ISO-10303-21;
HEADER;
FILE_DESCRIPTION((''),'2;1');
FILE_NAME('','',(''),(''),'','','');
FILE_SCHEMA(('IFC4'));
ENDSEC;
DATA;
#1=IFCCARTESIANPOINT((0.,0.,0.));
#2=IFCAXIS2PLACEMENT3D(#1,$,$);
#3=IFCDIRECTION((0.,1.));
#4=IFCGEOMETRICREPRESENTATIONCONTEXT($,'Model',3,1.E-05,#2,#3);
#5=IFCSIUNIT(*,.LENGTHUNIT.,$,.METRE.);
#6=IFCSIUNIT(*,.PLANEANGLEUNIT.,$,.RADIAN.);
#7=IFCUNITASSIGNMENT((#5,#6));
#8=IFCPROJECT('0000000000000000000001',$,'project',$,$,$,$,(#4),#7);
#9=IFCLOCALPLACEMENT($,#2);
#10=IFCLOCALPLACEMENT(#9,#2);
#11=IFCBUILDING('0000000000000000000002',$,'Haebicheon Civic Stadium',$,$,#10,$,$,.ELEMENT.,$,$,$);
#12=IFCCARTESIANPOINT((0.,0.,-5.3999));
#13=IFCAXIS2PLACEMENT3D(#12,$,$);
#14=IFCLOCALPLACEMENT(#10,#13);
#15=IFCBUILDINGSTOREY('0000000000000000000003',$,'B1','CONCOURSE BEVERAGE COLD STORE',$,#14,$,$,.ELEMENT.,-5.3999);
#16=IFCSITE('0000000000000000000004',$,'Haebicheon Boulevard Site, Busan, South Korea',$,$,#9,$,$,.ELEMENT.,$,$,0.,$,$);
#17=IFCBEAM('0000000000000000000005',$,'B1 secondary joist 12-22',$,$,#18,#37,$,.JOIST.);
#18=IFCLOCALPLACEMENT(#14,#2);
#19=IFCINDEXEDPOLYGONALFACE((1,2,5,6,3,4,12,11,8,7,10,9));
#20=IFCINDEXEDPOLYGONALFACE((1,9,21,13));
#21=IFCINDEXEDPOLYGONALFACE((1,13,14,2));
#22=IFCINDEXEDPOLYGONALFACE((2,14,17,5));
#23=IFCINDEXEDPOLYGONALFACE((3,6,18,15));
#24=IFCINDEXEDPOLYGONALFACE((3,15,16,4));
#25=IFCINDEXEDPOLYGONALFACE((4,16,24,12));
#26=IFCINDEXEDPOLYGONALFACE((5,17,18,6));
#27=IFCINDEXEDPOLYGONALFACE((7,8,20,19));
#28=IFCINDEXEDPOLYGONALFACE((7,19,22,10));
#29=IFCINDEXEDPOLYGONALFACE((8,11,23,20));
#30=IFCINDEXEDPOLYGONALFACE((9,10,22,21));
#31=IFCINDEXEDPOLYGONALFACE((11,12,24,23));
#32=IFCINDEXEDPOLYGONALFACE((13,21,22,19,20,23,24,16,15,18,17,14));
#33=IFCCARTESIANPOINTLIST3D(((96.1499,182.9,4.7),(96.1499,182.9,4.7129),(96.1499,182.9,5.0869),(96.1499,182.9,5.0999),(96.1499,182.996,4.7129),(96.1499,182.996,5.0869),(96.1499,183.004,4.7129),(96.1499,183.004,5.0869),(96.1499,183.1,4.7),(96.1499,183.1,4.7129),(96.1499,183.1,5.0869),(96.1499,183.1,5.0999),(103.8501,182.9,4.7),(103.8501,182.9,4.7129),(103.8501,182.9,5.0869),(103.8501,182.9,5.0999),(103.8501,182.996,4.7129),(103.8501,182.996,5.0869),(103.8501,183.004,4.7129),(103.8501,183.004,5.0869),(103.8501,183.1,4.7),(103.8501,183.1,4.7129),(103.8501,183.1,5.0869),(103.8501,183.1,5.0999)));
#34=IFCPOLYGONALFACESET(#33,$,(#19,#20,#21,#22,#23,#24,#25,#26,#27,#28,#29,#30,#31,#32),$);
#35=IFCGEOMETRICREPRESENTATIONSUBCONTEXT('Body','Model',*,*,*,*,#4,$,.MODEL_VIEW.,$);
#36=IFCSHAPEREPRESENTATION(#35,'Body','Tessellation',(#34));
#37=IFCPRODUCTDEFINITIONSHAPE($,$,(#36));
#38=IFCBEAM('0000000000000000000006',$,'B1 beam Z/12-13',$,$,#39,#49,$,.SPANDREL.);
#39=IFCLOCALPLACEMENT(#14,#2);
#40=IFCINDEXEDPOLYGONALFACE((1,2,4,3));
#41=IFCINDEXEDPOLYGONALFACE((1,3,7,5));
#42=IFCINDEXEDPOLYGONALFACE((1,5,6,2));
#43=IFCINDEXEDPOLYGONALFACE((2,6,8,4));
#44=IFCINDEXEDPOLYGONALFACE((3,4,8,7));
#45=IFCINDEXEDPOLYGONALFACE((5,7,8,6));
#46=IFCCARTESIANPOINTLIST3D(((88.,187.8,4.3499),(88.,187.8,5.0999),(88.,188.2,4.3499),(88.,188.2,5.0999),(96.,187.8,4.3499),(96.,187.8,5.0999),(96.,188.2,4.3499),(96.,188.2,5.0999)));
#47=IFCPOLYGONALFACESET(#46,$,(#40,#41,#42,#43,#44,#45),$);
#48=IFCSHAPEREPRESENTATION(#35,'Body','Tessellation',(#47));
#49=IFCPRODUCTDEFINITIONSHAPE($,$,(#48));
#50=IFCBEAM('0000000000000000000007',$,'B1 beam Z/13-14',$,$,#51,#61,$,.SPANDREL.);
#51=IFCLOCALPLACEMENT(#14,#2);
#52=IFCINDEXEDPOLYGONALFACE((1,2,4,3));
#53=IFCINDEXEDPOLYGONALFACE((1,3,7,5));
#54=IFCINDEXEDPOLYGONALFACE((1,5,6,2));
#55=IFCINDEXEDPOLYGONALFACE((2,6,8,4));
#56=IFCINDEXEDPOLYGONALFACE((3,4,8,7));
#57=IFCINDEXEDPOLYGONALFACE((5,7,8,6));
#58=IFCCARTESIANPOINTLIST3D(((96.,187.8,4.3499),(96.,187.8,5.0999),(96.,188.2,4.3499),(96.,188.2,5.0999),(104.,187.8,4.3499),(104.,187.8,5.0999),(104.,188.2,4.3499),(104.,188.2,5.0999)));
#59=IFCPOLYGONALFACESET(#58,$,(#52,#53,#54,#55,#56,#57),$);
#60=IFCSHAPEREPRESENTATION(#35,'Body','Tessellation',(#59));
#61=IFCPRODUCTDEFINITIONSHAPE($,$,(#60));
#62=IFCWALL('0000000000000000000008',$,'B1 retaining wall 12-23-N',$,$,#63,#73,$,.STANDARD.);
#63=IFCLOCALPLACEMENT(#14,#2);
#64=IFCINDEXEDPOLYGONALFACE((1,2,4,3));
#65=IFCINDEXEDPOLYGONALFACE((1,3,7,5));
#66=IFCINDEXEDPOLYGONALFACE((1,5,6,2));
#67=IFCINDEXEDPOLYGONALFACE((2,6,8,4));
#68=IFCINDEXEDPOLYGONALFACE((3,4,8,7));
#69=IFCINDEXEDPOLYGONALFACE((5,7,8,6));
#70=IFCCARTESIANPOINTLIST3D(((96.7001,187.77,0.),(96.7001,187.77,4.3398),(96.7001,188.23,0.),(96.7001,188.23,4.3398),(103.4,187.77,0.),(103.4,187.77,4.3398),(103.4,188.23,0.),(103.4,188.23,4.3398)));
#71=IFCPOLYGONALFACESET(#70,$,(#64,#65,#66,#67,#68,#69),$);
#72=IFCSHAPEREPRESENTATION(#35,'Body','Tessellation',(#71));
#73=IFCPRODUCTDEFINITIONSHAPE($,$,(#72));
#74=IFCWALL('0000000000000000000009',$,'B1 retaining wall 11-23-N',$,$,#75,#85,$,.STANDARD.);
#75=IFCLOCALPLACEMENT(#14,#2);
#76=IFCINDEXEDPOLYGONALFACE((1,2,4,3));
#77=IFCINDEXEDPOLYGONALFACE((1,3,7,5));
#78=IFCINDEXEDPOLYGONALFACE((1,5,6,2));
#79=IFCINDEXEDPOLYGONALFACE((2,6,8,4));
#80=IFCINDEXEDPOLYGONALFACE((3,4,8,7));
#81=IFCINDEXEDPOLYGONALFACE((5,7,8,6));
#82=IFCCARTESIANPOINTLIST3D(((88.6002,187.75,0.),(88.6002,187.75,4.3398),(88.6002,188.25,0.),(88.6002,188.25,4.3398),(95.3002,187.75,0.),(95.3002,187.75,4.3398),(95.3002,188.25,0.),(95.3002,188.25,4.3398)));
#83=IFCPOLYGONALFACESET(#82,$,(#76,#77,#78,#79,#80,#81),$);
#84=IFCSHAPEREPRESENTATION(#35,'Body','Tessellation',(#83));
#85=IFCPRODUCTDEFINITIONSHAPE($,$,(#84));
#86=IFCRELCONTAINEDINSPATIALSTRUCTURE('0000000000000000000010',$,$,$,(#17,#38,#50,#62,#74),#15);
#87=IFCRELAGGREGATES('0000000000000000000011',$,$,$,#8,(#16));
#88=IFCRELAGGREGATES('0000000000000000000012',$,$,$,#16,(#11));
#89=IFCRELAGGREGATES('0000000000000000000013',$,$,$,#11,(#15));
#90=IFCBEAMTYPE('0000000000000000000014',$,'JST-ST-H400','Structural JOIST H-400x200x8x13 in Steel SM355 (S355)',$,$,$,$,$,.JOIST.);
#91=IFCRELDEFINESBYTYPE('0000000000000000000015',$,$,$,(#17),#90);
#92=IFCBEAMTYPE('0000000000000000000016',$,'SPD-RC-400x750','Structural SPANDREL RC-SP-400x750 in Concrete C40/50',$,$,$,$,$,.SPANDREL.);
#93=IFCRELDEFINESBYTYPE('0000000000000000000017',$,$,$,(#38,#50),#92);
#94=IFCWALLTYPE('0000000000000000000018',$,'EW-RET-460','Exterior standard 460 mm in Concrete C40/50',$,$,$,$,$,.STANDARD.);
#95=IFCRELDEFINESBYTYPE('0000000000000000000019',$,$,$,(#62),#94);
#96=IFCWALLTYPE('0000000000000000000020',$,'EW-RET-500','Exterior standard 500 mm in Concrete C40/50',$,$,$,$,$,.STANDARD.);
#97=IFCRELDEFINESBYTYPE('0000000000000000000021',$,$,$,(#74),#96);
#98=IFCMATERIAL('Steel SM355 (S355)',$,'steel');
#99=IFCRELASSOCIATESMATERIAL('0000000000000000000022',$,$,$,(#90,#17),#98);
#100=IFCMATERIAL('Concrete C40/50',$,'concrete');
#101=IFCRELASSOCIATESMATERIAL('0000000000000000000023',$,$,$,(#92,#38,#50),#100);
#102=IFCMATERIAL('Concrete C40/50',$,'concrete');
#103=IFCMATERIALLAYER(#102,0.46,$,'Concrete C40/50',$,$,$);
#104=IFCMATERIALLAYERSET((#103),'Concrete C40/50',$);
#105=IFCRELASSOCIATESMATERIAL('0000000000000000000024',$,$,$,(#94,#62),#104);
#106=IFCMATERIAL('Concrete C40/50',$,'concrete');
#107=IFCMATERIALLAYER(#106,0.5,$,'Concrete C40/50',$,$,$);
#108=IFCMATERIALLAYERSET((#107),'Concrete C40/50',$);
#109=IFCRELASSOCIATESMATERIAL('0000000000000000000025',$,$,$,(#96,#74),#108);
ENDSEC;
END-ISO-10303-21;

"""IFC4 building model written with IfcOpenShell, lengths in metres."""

from ifc_helpers import new_model, si_unit, direction, frame, frame_2d, origin, origin_2d, place, context, subcontext, project, spatial, rectangle, i_section, extrude, material, layer, layer_set, material_profile, profile_set, type_object, element, save


model = new_model("IFC4")

# Units and contexts
model_context = context("Model", 3, precision=1e-05, world=origin(), true_north=direction((0.0, 1.0)))
body_context = subcontext(model_context, "Body", "Model", "MODEL_VIEW")
ifc_project = project(units=[si_unit("LENGTHUNIT", "METRE"), si_unit("PLANEANGLEUNIT", "RADIAN")], contexts=[model_context])

# Site, building, storey
site_placement = place(None, origin())
site = spatial("IfcSite", under=ifc_project, at=site_placement, Name="Haebicheon Boulevard Site, Busan, South Korea", CompositionType="ELEMENT", RefElevation=0.0)
building_placement = place(site_placement, origin())
building = spatial("IfcBuilding", under=site, at=building_placement, Name="Haebicheon Civic Stadium", CompositionType="ELEMENT")
storey_placement = place(building_placement, frame((0.0, 0.0, -5.3999)))
storey = spatial("IfcBuildingStorey", under=building, at=storey_placement, Name="B1", Description="CONCOURSE BEVERAGE COLD STORE", CompositionType="ELEMENT", Elevation=-5.3999)

# Beams
ifc_material_1 = material(Name="Steel SM355 (S355)", Category="steel")
ifc_material_profile_1 = material_profile(ifc_material_1, i_section(OverallWidth=0.2, OverallDepth=0.3999, WebThickness=0.0081, FlangeThickness=0.0129, at=origin_2d()), Name="H-400x200x8x13")
ifc_profile_set_1 = profile_set([ifc_material_profile_1], Name="Steel SM355 (S355)")
beam_type_1 = type_object("IfcBeamType", Name="JST-ST-H400", Description="Structural JOIST H-400x200x8x13 in Steel SM355 (S355)", PredefinedType="JOIST", material=ifc_profile_set_1)
for number, where, z_axis, x_axis, name in (
    (1, (96.1499, 183.0, 4.8999), (1.0, 0.0, 0.0), (0.0, 1.0, 0.0), "B1 secondary joist 12-22"),
):
    element("IfcBeam", number, at=place(storey_placement, frame(where, z_axis=z_axis, x_axis=x_axis)), inside=storey, type_object=beam_type_1, material=ifc_profile_set_1, Name=name, PredefinedType="JOIST", context=body_context, shape_type="SweptSolid", body=[
        extrude(i_section(OverallWidth=0.2, OverallDepth=0.3999, WebThickness=0.0081, FlangeThickness=0.0129, at=origin_2d()), origin(), (0.0, 0.0, 1.0), 7.7002),
    ])
ifc_material_2 = material(Name="Concrete C40/50", Category="concrete")
ifc_material_profile_2 = material_profile(ifc_material_2, rectangle(XDim=0.3999, YDim=0.75, at=origin_2d()), Name="RC-SP-400x750")
ifc_profile_set_2 = profile_set([ifc_material_profile_2], Name="Concrete C40/50")
beam_type_2 = type_object("IfcBeamType", Name="SPD-RC-400x750", Description="Structural SPANDREL RC-SP-400x750 in Concrete C40/50", PredefinedType="SPANDREL", material=ifc_profile_set_2)
for number, where, z_axis, x_axis, name in (
    (2, (88.0, 188.0, 4.7249), (1.0, 0.0, 0.0), (0.0, 1.0, 0.0), "B1 beam Z/12-13"),
    (3, (96.0, 188.0, 4.7249), (1.0, 0.0, 0.0), (0.0, 1.0, 0.0), "B1 beam Z/13-14"),
):
    element("IfcBeam", number, at=place(storey_placement, frame(where, z_axis=z_axis, x_axis=x_axis)), inside=storey, type_object=beam_type_2, material=ifc_profile_set_2, Name=name, PredefinedType="SPANDREL", context=body_context, shape_type="SweptSolid", body=[
        extrude(rectangle(XDim=0.3999, YDim=0.75, at=origin_2d()), origin(), (0.0, 0.0, 1.0), 8.0),
    ])

# Walls
ifc_material_3 = material(Name="Concrete C40/50", Category="concrete")
ifc_layer_1 = layer(ifc_material_3, 0.46, Name="Concrete C40/50")
ifc_layer_set_1 = layer_set([ifc_layer_1], Name="Concrete C40/50")
wall_type_1 = type_object("IfcWallType", Name="EW-RET-460", Description="Exterior standard 460 mm in Concrete C40/50", PredefinedType="STANDARD", material=ifc_layer_set_1)
wall_1_placement = place(storey_placement, frame((96.7, 188.0, 0.0), z_axis=(0.0, 0.0, 1.0), x_axis=(1.0, 0.0, 0.0)))
element("IfcWall", 4, at=wall_1_placement, inside=storey, type_object=wall_type_1, material=ifc_layer_set_1, Name="B1 retaining wall 12-23-N", PredefinedType="STANDARD", context=body_context, shape_type="SweptSolid", body=[
    extrude(rectangle(XDim=6.7, YDim=0.46, at=frame_2d((3.3501, 0.0))), origin(), (0.0, 0.0, 1.0), 4.3398),
])
ifc_material_4 = material(Name="Concrete C40/50", Category="concrete")
ifc_layer_2 = layer(ifc_material_4, 0.5, Name="Concrete C40/50")
ifc_layer_set_2 = layer_set([ifc_layer_2], Name="Concrete C40/50")
wall_type_2 = type_object("IfcWallType", Name="EW-RET-500", Description="Exterior standard 500 mm in Concrete C40/50", PredefinedType="STANDARD", material=ifc_layer_set_2)
wall_2_placement = place(storey_placement, frame((88.6001, 188.0, 0.0), z_axis=(0.0, 0.0, 1.0), x_axis=(1.0, 0.0, 0.0)))
element("IfcWall", 5, at=wall_2_placement, inside=storey, type_object=wall_type_2, material=ifc_layer_set_2, Name="B1 retaining wall 11-23-N", PredefinedType="STANDARD", context=body_context, shape_type="SweptSolid", body=[
    extrude(rectangle(XDim=6.7, YDim=0.5, at=frame_2d((3.3501, 0.0))), origin(), (0.0, 0.0, 1.0), 4.3398),
])

save(model, "model.ifc")
